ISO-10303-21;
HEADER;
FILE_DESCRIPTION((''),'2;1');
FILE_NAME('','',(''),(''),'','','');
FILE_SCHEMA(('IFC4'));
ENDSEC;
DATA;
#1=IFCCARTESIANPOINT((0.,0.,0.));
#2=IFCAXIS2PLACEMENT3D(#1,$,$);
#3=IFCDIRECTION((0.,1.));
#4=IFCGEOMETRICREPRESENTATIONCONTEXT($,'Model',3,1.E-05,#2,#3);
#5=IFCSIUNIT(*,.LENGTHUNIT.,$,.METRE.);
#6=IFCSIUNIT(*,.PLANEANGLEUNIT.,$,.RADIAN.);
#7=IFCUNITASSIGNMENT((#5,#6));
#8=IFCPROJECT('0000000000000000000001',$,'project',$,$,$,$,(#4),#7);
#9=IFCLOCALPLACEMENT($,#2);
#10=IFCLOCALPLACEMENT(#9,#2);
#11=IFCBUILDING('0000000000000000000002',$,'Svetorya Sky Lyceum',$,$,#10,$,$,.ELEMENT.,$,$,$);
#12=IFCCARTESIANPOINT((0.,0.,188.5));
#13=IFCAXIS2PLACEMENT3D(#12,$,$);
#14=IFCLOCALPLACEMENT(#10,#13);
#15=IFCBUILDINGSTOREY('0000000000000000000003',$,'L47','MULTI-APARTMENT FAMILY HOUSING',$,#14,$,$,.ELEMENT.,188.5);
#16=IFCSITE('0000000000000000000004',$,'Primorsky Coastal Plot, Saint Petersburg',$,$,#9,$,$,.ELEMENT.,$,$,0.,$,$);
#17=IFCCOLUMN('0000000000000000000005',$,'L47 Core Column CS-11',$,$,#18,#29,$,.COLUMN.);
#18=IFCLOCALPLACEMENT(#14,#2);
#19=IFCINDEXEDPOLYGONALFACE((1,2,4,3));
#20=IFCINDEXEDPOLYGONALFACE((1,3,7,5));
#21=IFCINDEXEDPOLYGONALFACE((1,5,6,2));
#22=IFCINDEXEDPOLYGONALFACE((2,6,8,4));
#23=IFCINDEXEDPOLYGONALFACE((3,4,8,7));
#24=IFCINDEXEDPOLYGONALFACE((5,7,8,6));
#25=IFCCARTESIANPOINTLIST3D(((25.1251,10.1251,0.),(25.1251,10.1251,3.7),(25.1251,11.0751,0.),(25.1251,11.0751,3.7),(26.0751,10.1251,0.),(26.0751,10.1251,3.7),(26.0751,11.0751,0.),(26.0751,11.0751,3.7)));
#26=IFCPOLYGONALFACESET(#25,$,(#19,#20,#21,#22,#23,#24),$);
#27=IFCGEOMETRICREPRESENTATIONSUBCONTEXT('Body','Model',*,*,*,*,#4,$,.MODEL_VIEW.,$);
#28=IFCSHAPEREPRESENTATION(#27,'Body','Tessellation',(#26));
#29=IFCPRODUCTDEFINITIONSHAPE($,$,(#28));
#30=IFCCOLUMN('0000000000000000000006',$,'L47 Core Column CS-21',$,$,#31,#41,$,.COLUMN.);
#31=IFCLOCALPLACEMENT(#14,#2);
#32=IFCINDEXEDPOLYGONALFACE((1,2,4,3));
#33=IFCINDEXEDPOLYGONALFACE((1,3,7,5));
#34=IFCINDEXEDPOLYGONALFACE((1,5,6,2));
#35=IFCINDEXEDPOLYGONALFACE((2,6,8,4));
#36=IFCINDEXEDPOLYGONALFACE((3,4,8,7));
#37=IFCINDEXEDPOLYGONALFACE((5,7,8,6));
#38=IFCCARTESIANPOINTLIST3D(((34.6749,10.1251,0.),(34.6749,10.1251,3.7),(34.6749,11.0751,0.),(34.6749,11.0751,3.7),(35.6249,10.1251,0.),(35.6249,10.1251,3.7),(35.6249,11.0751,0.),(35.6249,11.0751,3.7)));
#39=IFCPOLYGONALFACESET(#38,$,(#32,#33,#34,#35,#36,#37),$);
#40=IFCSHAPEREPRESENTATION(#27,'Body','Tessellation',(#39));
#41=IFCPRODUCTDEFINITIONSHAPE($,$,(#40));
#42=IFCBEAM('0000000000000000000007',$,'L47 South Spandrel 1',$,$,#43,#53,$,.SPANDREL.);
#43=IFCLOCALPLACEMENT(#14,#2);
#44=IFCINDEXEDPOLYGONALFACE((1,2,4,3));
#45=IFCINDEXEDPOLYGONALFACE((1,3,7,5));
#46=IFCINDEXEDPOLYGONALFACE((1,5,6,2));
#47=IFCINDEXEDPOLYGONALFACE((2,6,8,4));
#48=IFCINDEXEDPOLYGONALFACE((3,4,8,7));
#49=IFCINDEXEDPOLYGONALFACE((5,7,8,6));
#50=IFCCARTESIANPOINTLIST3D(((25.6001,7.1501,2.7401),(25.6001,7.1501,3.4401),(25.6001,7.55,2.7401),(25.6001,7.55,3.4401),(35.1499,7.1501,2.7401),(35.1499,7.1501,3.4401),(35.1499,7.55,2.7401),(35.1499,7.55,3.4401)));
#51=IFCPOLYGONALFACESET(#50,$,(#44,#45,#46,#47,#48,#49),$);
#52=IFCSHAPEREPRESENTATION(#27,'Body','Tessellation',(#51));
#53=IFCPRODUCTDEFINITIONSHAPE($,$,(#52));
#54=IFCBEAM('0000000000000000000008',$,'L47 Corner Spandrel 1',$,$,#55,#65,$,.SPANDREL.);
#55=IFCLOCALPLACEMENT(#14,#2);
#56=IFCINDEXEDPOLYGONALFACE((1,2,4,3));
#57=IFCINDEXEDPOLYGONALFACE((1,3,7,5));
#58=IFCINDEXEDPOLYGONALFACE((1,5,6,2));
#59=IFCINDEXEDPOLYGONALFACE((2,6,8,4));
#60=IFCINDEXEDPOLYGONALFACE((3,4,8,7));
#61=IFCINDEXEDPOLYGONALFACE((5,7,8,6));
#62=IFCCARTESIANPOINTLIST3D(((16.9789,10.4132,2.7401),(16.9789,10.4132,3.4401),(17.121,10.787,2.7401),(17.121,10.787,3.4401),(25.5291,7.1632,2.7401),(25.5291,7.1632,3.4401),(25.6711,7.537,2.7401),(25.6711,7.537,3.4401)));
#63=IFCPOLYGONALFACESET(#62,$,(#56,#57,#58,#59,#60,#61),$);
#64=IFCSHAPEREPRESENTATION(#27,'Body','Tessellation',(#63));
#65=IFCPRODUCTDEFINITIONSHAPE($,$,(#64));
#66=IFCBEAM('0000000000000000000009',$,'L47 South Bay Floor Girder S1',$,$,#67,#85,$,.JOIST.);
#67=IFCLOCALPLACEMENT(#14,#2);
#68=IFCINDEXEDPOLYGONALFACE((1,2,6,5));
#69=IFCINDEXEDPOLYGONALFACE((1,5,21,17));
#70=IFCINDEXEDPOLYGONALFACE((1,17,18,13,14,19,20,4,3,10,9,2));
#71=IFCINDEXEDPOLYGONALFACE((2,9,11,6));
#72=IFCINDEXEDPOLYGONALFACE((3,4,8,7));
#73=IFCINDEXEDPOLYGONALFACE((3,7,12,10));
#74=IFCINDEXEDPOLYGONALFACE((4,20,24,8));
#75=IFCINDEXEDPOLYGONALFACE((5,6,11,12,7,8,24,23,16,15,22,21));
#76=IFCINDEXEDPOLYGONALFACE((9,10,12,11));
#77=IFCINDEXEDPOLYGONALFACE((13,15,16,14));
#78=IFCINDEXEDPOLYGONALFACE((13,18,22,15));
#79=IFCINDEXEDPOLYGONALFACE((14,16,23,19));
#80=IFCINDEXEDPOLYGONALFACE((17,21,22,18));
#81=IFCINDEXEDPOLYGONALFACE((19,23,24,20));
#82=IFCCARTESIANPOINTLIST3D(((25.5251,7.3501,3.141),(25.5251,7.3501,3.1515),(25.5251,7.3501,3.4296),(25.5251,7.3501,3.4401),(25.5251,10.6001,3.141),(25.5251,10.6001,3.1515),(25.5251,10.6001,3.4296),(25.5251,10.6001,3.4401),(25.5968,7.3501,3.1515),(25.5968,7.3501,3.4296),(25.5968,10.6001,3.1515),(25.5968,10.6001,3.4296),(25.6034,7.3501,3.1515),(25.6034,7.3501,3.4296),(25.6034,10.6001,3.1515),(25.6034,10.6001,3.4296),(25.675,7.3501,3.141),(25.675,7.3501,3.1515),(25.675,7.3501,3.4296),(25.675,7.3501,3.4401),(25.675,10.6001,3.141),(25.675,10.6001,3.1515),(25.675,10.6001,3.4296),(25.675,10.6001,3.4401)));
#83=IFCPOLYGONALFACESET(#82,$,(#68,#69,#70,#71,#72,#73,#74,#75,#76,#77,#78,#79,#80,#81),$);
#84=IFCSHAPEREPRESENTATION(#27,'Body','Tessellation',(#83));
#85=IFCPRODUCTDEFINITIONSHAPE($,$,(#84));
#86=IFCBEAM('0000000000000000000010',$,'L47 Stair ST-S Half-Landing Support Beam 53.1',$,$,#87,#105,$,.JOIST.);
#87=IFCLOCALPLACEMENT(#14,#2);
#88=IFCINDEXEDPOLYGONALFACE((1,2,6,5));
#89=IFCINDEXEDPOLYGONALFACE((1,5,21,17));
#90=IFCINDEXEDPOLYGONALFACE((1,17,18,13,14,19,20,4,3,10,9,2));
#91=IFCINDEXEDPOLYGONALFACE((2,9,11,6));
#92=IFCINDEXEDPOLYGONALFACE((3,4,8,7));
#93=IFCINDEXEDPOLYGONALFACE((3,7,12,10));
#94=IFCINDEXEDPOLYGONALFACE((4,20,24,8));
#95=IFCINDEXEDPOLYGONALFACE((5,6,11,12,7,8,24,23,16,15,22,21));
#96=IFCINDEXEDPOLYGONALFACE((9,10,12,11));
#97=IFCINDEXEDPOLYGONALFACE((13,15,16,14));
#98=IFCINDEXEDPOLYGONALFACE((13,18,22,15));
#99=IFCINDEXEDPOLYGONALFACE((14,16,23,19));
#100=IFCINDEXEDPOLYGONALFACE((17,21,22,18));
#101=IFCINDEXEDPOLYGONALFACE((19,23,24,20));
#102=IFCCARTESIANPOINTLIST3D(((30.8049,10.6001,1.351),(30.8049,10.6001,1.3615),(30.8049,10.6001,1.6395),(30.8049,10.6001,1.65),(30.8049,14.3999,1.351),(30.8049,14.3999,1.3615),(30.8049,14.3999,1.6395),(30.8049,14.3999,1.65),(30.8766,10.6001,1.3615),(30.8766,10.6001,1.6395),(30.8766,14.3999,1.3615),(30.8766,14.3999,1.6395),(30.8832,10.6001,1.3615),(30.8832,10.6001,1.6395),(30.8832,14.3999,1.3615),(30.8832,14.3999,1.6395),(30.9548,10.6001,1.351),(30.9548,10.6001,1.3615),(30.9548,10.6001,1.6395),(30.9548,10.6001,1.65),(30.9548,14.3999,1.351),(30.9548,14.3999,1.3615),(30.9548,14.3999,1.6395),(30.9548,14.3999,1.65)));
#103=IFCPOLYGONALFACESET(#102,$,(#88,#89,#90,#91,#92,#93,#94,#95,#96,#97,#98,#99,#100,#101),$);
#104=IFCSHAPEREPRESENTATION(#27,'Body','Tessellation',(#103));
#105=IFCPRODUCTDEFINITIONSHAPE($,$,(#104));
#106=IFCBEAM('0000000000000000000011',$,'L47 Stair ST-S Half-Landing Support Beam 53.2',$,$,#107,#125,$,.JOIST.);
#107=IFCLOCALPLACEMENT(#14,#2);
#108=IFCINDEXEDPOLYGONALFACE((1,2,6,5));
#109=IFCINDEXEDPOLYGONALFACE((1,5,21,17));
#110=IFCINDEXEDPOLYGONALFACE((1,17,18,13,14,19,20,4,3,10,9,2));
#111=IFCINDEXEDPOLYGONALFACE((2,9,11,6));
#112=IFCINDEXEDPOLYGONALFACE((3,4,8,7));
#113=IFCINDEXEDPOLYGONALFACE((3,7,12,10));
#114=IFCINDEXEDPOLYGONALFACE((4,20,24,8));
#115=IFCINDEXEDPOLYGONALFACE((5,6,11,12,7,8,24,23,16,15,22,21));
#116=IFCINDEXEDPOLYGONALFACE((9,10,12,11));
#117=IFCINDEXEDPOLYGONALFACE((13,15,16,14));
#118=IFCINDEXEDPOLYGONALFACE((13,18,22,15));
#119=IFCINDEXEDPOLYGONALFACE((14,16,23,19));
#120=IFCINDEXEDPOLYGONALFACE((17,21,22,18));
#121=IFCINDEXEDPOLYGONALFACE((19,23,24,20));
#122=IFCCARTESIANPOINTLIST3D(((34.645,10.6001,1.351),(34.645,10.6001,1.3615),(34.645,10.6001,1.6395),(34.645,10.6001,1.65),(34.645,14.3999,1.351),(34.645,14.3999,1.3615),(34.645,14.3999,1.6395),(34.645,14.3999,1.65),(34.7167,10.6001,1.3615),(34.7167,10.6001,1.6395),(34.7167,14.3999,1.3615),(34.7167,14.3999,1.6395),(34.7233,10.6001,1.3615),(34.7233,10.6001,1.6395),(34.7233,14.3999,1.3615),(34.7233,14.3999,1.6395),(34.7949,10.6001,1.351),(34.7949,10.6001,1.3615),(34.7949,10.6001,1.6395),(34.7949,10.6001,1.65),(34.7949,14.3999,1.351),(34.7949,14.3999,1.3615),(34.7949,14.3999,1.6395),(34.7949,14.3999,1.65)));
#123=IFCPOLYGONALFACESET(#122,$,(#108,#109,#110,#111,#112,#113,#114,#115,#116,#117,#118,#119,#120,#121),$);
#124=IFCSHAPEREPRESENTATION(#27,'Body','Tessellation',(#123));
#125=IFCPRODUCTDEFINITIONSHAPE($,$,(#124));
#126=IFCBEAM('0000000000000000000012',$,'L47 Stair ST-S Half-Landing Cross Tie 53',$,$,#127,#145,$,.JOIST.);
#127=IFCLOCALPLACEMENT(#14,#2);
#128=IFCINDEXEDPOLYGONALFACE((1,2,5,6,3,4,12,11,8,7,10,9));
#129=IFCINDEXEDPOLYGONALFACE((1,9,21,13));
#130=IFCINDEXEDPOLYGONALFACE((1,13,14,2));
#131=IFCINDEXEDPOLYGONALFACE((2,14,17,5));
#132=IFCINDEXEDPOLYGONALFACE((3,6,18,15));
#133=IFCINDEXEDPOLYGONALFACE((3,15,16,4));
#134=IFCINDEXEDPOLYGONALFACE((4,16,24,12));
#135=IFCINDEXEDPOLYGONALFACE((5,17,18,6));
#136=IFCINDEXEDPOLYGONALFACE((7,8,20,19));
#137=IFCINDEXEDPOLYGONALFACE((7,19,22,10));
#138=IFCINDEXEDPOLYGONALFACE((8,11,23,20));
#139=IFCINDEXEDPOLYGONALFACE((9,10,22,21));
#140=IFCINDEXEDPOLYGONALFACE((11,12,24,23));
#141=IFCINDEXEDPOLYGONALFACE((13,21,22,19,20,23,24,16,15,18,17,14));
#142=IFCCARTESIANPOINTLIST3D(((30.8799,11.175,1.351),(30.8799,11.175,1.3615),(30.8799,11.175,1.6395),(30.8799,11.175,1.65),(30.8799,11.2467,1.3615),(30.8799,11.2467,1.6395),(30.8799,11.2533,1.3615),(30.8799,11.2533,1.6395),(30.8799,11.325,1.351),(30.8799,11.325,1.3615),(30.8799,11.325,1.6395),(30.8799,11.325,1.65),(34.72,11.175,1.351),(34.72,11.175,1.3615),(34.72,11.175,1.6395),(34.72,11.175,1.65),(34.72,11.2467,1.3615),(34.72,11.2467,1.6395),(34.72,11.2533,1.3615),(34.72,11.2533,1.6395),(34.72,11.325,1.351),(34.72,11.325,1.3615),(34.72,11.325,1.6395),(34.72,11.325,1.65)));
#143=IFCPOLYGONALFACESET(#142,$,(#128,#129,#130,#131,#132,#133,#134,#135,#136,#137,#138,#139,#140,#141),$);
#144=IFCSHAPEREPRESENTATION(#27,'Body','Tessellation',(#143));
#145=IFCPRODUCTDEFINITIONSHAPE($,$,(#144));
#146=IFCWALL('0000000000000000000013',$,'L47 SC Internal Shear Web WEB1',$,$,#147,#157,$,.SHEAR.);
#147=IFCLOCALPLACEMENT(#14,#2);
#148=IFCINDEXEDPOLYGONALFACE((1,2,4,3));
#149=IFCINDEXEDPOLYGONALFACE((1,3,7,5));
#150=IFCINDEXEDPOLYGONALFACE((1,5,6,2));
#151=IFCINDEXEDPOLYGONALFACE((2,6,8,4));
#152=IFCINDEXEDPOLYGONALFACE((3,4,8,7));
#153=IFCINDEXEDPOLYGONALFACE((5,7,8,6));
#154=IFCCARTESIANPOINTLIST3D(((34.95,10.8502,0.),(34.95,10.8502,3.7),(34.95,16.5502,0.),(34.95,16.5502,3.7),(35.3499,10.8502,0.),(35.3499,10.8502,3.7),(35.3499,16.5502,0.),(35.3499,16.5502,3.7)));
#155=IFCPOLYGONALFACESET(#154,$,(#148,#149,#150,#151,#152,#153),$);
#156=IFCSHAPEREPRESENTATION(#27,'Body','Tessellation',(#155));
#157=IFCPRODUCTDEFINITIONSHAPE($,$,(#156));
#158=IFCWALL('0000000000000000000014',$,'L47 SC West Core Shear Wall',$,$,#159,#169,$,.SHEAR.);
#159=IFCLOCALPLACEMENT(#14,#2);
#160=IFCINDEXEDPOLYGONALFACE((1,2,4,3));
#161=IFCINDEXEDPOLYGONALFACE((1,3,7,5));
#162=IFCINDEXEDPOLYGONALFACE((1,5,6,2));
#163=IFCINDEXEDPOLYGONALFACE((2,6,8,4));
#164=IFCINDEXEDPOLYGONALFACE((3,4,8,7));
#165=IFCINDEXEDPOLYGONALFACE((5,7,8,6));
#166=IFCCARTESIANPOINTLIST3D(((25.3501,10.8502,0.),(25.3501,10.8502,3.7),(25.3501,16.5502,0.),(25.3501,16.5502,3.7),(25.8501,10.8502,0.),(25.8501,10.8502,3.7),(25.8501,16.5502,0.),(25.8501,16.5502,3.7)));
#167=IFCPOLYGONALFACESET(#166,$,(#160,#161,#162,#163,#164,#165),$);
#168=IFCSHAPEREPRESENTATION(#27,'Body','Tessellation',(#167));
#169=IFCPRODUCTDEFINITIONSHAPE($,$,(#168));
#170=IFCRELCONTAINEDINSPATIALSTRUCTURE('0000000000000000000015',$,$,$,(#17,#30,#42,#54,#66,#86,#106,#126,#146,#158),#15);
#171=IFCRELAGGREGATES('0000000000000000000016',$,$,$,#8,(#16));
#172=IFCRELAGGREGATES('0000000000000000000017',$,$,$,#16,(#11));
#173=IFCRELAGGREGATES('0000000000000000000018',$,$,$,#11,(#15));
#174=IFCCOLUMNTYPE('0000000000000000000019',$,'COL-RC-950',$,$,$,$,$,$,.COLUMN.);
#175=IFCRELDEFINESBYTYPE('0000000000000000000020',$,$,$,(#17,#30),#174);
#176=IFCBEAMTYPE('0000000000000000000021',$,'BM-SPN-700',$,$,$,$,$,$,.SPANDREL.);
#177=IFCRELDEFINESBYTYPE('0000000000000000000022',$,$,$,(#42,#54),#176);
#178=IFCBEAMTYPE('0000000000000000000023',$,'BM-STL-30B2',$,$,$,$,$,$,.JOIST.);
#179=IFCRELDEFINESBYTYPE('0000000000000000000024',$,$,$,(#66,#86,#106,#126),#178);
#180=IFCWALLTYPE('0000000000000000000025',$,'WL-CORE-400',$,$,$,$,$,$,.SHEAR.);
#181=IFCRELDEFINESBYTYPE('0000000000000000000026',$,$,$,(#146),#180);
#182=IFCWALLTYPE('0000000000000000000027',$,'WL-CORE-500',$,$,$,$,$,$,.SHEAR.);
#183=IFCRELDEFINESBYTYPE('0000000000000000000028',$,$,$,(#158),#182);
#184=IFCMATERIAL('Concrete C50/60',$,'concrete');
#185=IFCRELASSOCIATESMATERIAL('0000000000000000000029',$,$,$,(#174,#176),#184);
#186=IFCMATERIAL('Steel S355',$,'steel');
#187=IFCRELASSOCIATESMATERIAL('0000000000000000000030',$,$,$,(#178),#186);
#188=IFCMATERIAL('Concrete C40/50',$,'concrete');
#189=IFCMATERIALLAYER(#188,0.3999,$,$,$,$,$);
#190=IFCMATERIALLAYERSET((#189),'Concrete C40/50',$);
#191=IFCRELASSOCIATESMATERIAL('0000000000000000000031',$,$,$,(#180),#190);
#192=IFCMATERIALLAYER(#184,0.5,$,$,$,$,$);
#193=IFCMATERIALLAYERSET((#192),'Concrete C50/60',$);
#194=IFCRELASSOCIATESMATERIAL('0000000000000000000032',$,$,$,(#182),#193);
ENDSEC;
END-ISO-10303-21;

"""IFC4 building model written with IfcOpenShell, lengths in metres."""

from ifc_helpers import new_model, si_unit, direction, frame, frame_2d, origin, origin_2d, place, context, subcontext, project, spatial, rectangle, i_section, extrude, material, layer, layer_set, material_profile, profile_set, type_object, element, save


model = new_model("IFC4")

# Units and contexts
model_context = context("Model", 3, precision=1e-05, world=origin(), true_north=direction((0.0, 1.0)))
body_context = subcontext(model_context, "Body", "Model", "MODEL_VIEW")
ifc_project = project(units=[si_unit("LENGTHUNIT", "METRE"), si_unit("PLANEANGLEUNIT", "RADIAN")], contexts=[model_context])

# Site, building, storey
site_placement = place(None, origin())
site = spatial("IfcSite", under=ifc_project, at=site_placement, Name="Primorsky Coastal Plot, Saint Petersburg", CompositionType="ELEMENT", RefElevation=0.0)
building_placement = place(site_placement, origin())
building = spatial("IfcBuilding", under=site, at=building_placement, Name="Svetorya Sky Lyceum", CompositionType="ELEMENT")
storey_placement = place(building_placement, frame((0.0, 0.0, 188.5)))
storey = spatial("IfcBuildingStorey", under=building, at=storey_placement, Name="L47", Description="MULTI-APARTMENT FAMILY HOUSING", CompositionType="ELEMENT", Elevation=188.5)

# Columns
ifc_material_1 = material(Name="Concrete C50/60", Category="concrete")
ifc_material_profile_1 = material_profile(ifc_material_1, rectangle(XDim=0.95, YDim=0.95, at=origin_2d()), Name="RC COL 950x950")
ifc_profile_set_1 = profile_set([ifc_material_profile_1], Name="Concrete C50/60")
column_type = type_object("IfcColumnType", Name="COL-RC-950", PredefinedType="COLUMN", material=ifc_profile_set_1)
for number, where, z_axis, x_axis, name in (
    (1, (25.6001, 10.6001, 0.0), (0.0, 0.0, 1.0), (1.0, 0.0, 0.0), "L47 Core Column CS-11"),
    (2, (35.1499, 10.6001, 0.0), (0.0, 0.0, 1.0), (1.0, 0.0, 0.0), "L47 Core Column CS-21"),
):
    element("IfcColumn", number, at=place(storey_placement, frame(where, z_axis=z_axis, x_axis=x_axis)), inside=storey, type_object=column_type, Name=name, PredefinedType="COLUMN", context=body_context, shape_type="SweptSolid", body=[
        extrude(rectangle(XDim=0.95, YDim=0.95, at=origin_2d()), origin(), (0.0, 0.0, 1.0), 3.7),
    ])

# Beams
ifc_material_profile_2 = material_profile(ifc_material_1, rectangle(XDim=0.3999, YDim=0.7, at=origin_2d()), Name="RC SPANDREL 400x700")
ifc_profile_set_2 = profile_set([ifc_material_profile_2], Name="Concrete C50/60")
beam_type_1 = type_object("IfcBeamType", Name="BM-SPN-700", PredefinedType="SPANDREL", material=ifc_profile_set_2)
beam_1_placement = place(storey_placement, frame((25.6001, 7.3501, 3.0901), z_axis=(1.0, 0.0, 0.0), x_axis=(0.0, 1.0, 0.0)))
element("IfcBeam", 3, at=beam_1_placement, inside=storey, type_object=beam_type_1, Name="L47 South Spandrel 1", PredefinedType="SPANDREL", context=body_context, shape_type="SweptSolid", body=[
    extrude(rectangle(XDim=0.3999, YDim=0.7, at=origin_2d()), origin(), (0.0, 0.0, 1.0), 9.5498),
])
beam_2_placement = place(storey_placement, frame((25.6001, 7.3501, 3.0901), z_axis=(-0.934748, 0.355312, 0.0), x_axis=(-0.355312, -0.934748, 0.0)))
element("IfcBeam", 4, at=beam_2_placement, inside=storey, type_object=beam_type_1, Name="L47 Corner Spandrel 1", PredefinedType="SPANDREL", context=body_context, shape_type="SweptSolid", body=[
    extrude(rectangle(XDim=0.3999, YDim=0.7, at=origin_2d()), origin(), (0.0, 0.0, 1.0), 9.147),
])
ifc_material_2 = material(Name="Steel S355", Category="steel")
ifc_material_profile_3 = material_profile(ifc_material_2, i_section(OverallWidth=0.1499, OverallDepth=0.2991, WebThickness=0.0066, FlangeThickness=0.0105, at=origin_2d()), Name="GOST 30B2")
ifc_profile_set_3 = profile_set([ifc_material_profile_3], Name="Steel S355")
beam_type_2 = type_object("IfcBeamType", Name="BM-STL-30B2", PredefinedType="JOIST", material=ifc_profile_set_3)
beam_3_placement = place(storey_placement, frame((25.6001, 7.3501, 3.2905), z_axis=(0.0, 1.0, 0.0), x_axis=(-1.0, 0.0, 0.0)))
element("IfcBeam", 5, at=beam_3_placement, inside=storey, type_object=beam_type_2, Name="L47 South Bay Floor Girder S1", PredefinedType="JOIST", context=body_context, shape_type="SweptSolid", body=[
    extrude(i_section(OverallWidth=0.1499, OverallDepth=0.2991, WebThickness=0.0066, FlangeThickness=0.0105, at=origin_2d()), origin(), (0.0, 0.0, 1.0), 3.25),
])
for number, where, z_axis, x_axis, name in (
    (6, (30.8799, 10.6001, 1.5005), (0.0, 1.0, 0.0), (-1.0, 0.0, 0.0), "L47 Stair ST-S Half-Landing Support Beam 53.1"),
    (7, (34.72, 10.6001, 1.5005), (0.0, 1.0, 0.0), (-1.0, 0.0, 0.0), "L47 Stair ST-S Half-Landing Support Beam 53.2"),
):
    element("IfcBeam", number, at=place(storey_placement, frame(where, z_axis=z_axis, x_axis=x_axis)), inside=storey, type_object=beam_type_2, Name=name, PredefinedType="JOIST", context=body_context, shape_type="SweptSolid", body=[
        extrude(i_section(OverallWidth=0.1499, OverallDepth=0.2991, WebThickness=0.0066, FlangeThickness=0.0105, at=origin_2d()), origin(), (0.0, 0.0, 1.0), 3.7998),
    ])
beam_4_placement = place(storey_placement, frame((30.8799, 11.25, 1.5005), z_axis=(1.0, 0.0, 0.0), x_axis=(0.0, 1.0, 0.0)))
element("IfcBeam", 8, at=beam_4_placement, inside=storey, type_object=beam_type_2, Name="L47 Stair ST-S Half-Landing Cross Tie 53", PredefinedType="JOIST", context=body_context, shape_type="SweptSolid", body=[
    extrude(i_section(OverallWidth=0.1499, OverallDepth=0.2991, WebThickness=0.0066, FlangeThickness=0.0105, at=origin_2d()), origin(), (0.0, 0.0, 1.0), 3.8401),
])

# Walls
ifc_material_3 = material(Name="Concrete C40/50", Category="concrete")
ifc_layer_1 = layer(ifc_material_3, 0.3999)
ifc_layer_set_1 = layer_set([ifc_layer_1], Name="Concrete C40/50")
wall_type_1 = type_object("IfcWallType", Name="WL-CORE-400", PredefinedType="SHEAR", material=ifc_layer_set_1)
wall_1_placement = place(storey_placement, frame((35.1499, 10.8501, 0.0), z_axis=(0.0, 0.0, 1.0), x_axis=(0.0, 1.0, 0.0)))
element("IfcWall", 9, at=wall_1_placement, inside=storey, type_object=wall_type_1, Name="L47 SC Internal Shear Web WEB1", PredefinedType="SHEAR", context=body_context, shape_type="SweptSolid", body=[
    extrude(rectangle(XDim=5.7, YDim=0.3999, at=frame_2d((2.8501, 0.0))), origin(), (0.0, 0.0, 1.0), 3.7),
])
ifc_layer_2 = layer(ifc_material_1, 0.5)
ifc_layer_set_2 = layer_set([ifc_layer_2], Name="Concrete C50/60")
wall_type_2 = type_object("IfcWallType", Name="WL-CORE-500", PredefinedType="SHEAR", material=ifc_layer_set_2)
wall_2_placement = place(storey_placement, frame((25.6001, 10.8501, 0.0), z_axis=(0.0, 0.0, 1.0), x_axis=(0.0, 1.0, 0.0)))
element("IfcWall", 10, at=wall_2_placement, inside=storey, type_object=wall_type_2, Name="L47 SC West Core Shear Wall", PredefinedType="SHEAR", context=body_context, shape_type="SweptSolid", body=[
    extrude(rectangle(XDim=5.7, YDim=0.5, at=frame_2d((2.8501, 0.0))), origin(), (0.0, 0.0, 1.0), 3.7),
])

save(model, "model.ifc")
